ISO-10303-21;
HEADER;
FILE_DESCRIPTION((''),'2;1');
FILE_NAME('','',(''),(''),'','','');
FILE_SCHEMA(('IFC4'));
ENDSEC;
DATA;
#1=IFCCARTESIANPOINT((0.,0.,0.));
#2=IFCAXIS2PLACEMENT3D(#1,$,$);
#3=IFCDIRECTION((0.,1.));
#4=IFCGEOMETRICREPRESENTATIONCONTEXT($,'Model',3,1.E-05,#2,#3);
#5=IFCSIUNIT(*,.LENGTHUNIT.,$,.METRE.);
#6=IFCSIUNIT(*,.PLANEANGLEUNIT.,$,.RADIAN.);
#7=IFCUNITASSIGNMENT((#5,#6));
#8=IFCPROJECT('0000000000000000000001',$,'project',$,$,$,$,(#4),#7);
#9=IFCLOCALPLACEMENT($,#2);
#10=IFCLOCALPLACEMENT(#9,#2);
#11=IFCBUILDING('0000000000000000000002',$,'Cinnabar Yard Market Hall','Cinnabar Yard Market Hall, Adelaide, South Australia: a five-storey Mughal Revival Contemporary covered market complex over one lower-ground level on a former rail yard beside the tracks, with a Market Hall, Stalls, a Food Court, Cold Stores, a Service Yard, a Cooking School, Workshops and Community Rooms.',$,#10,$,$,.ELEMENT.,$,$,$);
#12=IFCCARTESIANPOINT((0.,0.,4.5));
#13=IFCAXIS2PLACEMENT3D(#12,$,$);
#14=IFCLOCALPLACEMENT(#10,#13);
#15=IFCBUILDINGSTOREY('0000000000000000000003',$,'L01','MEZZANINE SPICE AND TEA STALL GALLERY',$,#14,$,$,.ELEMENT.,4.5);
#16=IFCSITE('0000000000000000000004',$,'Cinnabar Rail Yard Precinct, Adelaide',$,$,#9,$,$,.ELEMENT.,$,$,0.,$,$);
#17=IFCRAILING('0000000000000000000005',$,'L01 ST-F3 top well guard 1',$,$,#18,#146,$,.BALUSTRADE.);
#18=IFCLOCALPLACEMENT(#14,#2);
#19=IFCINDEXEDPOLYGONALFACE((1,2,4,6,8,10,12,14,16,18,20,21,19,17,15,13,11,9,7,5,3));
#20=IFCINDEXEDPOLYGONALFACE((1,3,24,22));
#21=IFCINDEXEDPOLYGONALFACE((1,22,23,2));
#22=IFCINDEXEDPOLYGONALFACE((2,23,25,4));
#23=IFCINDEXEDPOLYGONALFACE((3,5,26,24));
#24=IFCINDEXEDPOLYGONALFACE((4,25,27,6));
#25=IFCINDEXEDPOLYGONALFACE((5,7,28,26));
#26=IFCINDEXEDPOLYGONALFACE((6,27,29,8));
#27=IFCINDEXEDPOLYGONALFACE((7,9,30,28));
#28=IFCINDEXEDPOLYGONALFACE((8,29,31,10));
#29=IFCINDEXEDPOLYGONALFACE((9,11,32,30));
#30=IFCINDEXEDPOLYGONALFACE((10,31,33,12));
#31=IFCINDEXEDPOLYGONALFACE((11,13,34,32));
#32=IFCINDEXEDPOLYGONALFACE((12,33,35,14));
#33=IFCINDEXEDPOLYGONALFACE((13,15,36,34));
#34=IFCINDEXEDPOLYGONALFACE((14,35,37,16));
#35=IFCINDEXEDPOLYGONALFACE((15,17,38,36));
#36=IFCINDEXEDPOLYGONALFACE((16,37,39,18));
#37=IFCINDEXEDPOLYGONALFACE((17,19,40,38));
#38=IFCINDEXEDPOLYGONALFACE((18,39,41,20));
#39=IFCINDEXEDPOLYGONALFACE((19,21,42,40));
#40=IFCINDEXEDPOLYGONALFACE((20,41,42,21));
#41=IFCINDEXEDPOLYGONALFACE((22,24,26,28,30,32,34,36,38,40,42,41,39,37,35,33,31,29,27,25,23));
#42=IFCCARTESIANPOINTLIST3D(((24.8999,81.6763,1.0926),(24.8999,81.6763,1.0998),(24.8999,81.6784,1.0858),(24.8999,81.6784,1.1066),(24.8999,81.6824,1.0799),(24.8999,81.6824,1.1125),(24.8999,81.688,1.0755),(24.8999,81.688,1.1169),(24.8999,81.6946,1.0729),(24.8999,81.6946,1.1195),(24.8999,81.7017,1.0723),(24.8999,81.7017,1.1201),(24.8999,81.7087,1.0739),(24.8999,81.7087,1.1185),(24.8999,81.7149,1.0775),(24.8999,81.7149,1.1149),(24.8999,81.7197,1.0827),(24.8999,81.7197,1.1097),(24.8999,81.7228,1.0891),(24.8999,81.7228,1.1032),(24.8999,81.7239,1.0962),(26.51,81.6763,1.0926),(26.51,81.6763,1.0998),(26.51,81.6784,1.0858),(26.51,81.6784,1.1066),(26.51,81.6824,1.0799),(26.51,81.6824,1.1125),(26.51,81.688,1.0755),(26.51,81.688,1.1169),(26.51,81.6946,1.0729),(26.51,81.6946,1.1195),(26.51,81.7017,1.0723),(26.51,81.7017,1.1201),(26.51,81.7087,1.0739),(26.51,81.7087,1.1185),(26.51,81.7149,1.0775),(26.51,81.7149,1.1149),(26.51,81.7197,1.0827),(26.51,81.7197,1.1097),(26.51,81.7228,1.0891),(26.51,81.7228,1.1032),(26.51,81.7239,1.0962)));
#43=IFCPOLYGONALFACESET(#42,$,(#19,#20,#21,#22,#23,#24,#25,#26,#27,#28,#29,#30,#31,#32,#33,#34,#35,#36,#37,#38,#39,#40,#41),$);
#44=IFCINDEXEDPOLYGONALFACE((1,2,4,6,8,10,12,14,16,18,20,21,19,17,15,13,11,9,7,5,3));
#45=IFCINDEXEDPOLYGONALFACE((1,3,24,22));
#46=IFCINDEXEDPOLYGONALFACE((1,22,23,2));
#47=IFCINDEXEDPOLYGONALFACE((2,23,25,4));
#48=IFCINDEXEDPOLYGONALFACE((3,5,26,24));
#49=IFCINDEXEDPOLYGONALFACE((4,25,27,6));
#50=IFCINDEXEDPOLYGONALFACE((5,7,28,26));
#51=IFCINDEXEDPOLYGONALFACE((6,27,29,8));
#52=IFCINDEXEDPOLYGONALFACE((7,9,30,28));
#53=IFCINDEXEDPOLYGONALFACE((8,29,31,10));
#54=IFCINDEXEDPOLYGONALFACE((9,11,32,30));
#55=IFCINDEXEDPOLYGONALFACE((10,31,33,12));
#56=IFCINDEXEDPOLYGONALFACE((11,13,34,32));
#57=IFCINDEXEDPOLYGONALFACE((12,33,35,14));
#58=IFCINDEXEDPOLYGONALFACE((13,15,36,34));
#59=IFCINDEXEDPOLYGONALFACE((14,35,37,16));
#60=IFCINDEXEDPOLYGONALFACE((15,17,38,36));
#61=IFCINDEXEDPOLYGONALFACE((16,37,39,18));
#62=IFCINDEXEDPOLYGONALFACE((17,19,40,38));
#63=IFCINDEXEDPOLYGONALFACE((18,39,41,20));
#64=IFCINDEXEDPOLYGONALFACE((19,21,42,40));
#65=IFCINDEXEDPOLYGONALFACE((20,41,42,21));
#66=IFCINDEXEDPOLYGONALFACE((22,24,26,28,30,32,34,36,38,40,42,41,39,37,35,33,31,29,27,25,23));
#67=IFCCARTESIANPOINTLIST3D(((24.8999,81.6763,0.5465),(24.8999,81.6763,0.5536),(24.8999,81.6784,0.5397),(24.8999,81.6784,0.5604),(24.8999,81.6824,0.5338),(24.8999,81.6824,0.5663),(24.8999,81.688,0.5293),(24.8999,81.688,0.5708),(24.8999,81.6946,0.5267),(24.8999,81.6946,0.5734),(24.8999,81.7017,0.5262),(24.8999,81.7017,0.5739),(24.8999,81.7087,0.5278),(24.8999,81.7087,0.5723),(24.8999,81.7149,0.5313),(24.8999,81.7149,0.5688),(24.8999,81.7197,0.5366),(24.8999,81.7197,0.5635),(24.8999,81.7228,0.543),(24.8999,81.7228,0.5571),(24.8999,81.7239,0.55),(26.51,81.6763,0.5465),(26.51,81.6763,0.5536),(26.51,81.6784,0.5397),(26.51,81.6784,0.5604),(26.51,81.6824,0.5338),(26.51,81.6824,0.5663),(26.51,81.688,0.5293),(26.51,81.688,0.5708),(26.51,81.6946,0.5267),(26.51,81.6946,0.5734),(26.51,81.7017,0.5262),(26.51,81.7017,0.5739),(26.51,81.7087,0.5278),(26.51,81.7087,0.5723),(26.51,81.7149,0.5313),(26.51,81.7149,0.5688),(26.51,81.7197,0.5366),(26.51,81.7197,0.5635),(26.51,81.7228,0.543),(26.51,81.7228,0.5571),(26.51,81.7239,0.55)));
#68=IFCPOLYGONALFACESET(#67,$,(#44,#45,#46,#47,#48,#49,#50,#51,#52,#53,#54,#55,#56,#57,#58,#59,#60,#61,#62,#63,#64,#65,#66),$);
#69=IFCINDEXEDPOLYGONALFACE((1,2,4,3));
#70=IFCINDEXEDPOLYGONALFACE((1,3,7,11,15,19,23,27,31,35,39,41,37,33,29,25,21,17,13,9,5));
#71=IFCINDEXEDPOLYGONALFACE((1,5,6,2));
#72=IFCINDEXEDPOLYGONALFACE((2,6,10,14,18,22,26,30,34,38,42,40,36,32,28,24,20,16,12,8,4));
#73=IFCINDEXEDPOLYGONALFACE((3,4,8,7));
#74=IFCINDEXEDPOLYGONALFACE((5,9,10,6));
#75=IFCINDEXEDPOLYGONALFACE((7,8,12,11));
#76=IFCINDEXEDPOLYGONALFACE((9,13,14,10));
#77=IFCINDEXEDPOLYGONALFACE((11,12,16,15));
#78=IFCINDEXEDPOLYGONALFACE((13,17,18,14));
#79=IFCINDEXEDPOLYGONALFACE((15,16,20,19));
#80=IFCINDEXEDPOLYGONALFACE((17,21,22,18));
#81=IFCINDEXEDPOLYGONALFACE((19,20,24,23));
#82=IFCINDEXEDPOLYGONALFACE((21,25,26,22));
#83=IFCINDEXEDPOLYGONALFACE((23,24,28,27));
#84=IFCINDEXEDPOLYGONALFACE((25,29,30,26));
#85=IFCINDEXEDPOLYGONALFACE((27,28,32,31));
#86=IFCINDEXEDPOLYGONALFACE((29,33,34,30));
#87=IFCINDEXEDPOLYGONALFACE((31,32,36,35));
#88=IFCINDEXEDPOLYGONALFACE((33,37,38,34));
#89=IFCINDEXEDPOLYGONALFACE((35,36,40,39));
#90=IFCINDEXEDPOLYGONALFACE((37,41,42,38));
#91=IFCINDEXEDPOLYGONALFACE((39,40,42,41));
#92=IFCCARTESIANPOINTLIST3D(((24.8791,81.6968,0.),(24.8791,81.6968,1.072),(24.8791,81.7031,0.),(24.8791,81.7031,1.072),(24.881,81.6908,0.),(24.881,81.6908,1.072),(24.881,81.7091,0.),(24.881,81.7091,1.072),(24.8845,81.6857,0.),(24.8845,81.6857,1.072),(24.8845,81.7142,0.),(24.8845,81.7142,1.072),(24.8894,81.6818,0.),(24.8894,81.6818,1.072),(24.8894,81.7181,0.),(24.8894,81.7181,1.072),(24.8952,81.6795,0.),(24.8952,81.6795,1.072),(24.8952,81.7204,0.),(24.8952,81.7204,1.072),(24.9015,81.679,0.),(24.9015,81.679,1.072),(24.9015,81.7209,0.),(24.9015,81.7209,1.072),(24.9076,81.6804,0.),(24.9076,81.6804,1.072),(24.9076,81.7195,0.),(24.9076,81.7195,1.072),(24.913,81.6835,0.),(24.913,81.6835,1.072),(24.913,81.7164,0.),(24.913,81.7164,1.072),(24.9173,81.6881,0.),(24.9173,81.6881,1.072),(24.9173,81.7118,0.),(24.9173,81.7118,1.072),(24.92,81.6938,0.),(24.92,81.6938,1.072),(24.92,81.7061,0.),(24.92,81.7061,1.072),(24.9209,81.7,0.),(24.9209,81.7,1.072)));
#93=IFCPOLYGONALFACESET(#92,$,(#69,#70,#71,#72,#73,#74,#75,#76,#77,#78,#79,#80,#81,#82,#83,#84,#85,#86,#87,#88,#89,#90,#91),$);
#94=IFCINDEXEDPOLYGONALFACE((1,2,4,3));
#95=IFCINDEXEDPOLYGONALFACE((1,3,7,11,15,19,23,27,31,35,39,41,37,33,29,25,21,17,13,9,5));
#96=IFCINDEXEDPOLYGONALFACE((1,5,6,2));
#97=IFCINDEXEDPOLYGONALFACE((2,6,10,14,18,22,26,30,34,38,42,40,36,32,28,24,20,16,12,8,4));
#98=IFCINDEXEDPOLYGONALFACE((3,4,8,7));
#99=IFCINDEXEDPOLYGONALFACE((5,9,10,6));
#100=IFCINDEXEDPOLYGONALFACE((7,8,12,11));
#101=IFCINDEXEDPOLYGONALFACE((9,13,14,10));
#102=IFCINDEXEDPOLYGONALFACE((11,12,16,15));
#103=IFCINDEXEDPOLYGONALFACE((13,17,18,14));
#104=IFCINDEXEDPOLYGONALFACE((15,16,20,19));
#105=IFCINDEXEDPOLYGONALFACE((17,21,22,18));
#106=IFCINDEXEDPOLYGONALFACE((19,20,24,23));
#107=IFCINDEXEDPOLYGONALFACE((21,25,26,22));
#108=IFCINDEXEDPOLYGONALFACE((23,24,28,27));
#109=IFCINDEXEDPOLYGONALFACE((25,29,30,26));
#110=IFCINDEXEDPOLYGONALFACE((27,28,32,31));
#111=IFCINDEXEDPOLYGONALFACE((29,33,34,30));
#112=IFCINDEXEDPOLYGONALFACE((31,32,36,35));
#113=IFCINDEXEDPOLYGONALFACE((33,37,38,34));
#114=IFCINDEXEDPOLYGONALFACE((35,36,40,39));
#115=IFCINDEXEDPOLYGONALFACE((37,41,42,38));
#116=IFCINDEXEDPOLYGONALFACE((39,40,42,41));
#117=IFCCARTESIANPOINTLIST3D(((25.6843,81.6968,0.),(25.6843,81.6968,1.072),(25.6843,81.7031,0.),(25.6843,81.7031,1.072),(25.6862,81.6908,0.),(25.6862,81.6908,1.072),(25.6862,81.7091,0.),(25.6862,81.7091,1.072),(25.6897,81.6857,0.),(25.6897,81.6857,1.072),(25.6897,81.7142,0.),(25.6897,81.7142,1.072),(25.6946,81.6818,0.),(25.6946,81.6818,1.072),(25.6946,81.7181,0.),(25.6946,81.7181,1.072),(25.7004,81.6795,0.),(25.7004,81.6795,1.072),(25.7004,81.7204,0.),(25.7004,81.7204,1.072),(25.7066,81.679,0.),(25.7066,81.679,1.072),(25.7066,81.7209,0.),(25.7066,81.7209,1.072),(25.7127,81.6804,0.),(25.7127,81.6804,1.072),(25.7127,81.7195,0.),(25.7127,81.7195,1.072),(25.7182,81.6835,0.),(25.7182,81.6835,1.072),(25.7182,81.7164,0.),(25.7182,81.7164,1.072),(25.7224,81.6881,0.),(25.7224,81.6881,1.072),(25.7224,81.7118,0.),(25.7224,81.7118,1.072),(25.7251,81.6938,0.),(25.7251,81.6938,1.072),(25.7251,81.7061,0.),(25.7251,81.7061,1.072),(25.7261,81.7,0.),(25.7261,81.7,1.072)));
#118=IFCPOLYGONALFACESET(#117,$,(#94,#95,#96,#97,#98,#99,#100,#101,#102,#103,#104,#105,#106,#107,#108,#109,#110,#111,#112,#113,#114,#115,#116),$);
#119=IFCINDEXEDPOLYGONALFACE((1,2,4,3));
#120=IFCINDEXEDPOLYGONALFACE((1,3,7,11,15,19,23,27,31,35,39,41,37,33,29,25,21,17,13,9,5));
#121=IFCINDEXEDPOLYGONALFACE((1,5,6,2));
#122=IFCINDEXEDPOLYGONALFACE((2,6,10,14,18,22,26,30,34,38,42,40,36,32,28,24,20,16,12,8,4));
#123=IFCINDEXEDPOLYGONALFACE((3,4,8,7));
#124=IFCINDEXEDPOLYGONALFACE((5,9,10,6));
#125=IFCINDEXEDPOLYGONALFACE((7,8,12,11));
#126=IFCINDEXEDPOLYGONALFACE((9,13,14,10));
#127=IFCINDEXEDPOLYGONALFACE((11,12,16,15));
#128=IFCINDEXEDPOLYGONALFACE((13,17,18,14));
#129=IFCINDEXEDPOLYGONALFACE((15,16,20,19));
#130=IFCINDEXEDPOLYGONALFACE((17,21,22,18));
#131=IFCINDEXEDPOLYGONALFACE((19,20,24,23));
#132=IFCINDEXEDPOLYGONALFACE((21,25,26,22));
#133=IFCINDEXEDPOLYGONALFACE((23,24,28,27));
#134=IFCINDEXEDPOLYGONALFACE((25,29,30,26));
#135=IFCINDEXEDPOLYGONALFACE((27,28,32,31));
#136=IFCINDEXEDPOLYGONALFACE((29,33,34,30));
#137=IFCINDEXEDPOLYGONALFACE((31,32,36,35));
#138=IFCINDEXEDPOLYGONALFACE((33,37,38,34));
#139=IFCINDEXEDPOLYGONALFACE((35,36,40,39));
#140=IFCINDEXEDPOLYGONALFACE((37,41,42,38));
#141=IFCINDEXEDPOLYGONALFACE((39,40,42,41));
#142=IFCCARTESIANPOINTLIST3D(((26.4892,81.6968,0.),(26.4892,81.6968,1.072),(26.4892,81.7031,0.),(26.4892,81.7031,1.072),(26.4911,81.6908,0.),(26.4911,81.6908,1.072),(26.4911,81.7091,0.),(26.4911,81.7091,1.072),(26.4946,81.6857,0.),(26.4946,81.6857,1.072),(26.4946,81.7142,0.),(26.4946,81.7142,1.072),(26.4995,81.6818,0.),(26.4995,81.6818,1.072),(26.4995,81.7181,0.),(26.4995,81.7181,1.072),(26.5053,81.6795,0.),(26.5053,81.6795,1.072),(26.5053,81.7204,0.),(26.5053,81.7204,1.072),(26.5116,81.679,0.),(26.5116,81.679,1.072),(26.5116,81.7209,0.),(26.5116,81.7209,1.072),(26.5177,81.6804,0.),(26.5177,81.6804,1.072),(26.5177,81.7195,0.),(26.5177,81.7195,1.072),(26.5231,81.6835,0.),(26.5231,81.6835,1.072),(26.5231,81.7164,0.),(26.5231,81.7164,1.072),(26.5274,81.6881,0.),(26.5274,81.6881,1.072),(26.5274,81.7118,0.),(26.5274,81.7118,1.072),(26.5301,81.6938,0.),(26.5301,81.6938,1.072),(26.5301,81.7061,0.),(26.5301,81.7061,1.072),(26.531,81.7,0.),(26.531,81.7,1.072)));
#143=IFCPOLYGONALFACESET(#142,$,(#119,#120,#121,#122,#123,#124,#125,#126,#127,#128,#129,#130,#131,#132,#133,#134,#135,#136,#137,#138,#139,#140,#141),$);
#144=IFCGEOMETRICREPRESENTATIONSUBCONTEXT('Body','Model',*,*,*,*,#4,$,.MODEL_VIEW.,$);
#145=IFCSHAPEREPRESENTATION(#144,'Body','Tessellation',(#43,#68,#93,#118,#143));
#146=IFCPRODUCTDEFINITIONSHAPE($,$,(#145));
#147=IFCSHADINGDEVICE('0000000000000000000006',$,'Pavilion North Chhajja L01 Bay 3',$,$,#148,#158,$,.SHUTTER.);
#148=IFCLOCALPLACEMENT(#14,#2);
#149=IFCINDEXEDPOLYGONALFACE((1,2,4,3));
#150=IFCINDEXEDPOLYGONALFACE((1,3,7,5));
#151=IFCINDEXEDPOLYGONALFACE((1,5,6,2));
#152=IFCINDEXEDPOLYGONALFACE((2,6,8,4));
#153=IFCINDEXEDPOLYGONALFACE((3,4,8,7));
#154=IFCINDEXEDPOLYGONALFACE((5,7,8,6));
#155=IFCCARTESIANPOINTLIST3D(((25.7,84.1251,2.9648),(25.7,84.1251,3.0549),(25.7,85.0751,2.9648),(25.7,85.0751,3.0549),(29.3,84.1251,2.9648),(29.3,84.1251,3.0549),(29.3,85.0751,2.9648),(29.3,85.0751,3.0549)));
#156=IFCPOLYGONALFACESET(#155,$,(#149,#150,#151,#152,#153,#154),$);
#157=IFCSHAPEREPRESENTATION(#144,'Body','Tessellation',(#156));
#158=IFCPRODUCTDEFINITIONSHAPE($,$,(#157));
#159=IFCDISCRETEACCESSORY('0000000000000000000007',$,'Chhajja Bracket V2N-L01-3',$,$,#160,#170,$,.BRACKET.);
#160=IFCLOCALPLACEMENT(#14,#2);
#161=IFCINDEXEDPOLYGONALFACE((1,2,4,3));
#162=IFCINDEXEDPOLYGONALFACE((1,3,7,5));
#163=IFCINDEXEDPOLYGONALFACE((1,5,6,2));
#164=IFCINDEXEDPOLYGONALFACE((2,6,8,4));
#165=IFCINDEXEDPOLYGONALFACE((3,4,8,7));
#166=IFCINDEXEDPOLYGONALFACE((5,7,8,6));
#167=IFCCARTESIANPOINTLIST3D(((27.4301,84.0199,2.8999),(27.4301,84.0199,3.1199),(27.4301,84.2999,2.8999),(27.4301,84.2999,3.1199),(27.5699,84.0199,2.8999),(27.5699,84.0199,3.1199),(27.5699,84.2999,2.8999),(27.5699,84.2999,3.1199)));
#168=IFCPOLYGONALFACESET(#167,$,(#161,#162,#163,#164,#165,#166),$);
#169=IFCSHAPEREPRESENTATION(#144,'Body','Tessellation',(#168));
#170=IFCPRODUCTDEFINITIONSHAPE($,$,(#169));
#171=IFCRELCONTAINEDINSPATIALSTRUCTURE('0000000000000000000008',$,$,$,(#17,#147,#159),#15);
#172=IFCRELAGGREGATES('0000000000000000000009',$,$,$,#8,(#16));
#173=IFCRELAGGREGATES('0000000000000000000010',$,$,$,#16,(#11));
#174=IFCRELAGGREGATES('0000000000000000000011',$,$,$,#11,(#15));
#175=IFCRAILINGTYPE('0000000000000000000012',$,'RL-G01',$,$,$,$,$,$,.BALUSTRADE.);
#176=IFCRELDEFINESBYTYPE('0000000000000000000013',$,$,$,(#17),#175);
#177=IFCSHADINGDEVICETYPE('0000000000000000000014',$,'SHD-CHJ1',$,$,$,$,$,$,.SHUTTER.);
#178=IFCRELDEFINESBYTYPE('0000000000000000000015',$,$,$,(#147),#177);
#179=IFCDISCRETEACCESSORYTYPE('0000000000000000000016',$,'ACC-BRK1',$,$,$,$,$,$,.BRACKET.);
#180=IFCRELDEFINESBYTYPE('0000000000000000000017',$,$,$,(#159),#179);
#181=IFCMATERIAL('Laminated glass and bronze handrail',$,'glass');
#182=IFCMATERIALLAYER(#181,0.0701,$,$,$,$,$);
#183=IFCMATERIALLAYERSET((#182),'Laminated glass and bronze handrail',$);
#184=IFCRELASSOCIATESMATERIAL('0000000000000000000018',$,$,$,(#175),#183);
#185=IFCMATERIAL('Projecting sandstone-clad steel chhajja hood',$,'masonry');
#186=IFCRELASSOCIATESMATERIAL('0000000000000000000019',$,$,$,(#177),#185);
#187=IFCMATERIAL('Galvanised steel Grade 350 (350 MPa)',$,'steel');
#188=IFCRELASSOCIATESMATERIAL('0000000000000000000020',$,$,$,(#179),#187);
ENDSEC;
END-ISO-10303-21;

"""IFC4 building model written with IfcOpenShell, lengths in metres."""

from ifc_helpers import new_model, si_unit, direction, frame, origin, origin_2d_with_axis, place, context, subcontext, project, spatial, rectangle, circle, extrude, material, layer, layer_set, type_object, element, save


model = new_model("IFC4")

# Units and contexts
model_context = context("Model", 3, precision=1e-05, world=origin(), true_north=direction((0.0, 1.0)))
body_context = subcontext(model_context, "Body", "Model", "MODEL_VIEW")
ifc_project = project(units=[si_unit("LENGTHUNIT", "METRE"), si_unit("PLANEANGLEUNIT", "RADIAN")], contexts=[model_context])

# Site, building, storey
site_placement = place(None, origin())
site = spatial("IfcSite", under=ifc_project, at=site_placement, Name="Cinnabar Rail Yard Precinct, Adelaide", CompositionType="ELEMENT", RefElevation=0.0)
building_placement = place(site_placement, origin())
building = spatial("IfcBuilding", under=site, at=building_placement, Name="Cinnabar Yard Market Hall", Description="Cinnabar Yard Market Hall, Adelaide, South Australia: a five-storey Mughal Revival Contemporary covered market complex over one lower-ground level on a former rail yard beside the tracks, with a Market Hall, Stalls, a Food Court, Cold Stores, a Service Yard, a Cooking School, Workshops and Community Rooms.", CompositionType="ELEMENT")
storey_placement = place(building_placement, frame((0.0, 0.0, 4.5)))
storey = spatial("IfcBuildingStorey", under=building, at=storey_placement, Name="L01", Description="MEZZANINE SPICE AND TEA STALL GALLERY", CompositionType="ELEMENT", Elevation=4.5)

# Railing
ifc_material_1 = material(Name="Laminated glass and bronze handrail", Category="glass")
ifc_layer_1 = layer(ifc_material_1, 0.0701)
ifc_layer_set_1 = layer_set([ifc_layer_1], Name="Laminated glass and bronze handrail")
railing_type = type_object("IfcRailingType", Name="RL-G01", PredefinedType="BALUSTRADE", material=ifc_layer_set_1)
railing_1_placement = place(storey_placement, frame((24.8999, 81.7, 0.0)))
element("IfcRailing", 1, at=railing_1_placement, inside=storey, type_object=railing_type, Name="L01 ST-F3 top well guard 1", PredefinedType="BALUSTRADE", context=body_context, shape_type="SweptSolid", body=[
    extrude(circle(Radius=0.0239, at=origin_2d_with_axis()), frame((0.0, 0.0, 1.0962), z_axis=(1.0, 0.0, 0.0), x_axis=(0.0, 1.0, 0.0)), (0.0, 0.0, 1.0), 1.6101),
    extrude(circle(Radius=0.0239, at=origin_2d_with_axis()), frame((0.0, 0.0, 0.55), z_axis=(1.0, 0.0, 0.0), x_axis=(0.0, 1.0, 0.0)), (0.0, 0.0, 1.0), 1.6101),
    extrude(circle(Radius=0.021, at=origin_2d_with_axis()), origin(), (0.0, 0.0, 1.0), 1.072),
    extrude(circle(Radius=0.021, at=origin_2d_with_axis()), frame((0.8052, 0.0, 0.0)), (0.0, 0.0, 1.0), 1.072),
    extrude(circle(Radius=0.021, at=origin_2d_with_axis()), frame((1.6101, 0.0, 0.0)), (0.0, 0.0, 1.0), 1.072),
])

# Shading device
ifc_material_2 = material(Name="Projecting sandstone-clad steel chhajja hood", Category="masonry")
shading_device_type = type_object("IfcShadingDeviceType", Name="SHD-CHJ1", PredefinedType="SHUTTER", material=ifc_material_2)
shading_device_placement = place(storey_placement, frame((27.5, 84.6001, 2.9648), z_axis=(0.0, 0.0, 1.0), x_axis=(1.0, 0.0, 0.0)))
element("IfcShadingDevice", 2, at=shading_device_placement, inside=storey, type_object=shading_device_type, Name="Pavilion North Chhajja L01 Bay 3", PredefinedType="SHUTTER", context=body_context, shape_type="SweptSolid", body=[
    extrude(rectangle(XDim=3.6001, YDim=0.95, at=origin_2d_with_axis()), origin(), (0.0, 0.0, 1.0), 0.0901),
])

# Discrete accessory
ifc_material_3 = material(Name="Galvanised steel Grade 350 (350 MPa)", Category="steel")
discrete_accessory_type = type_object("IfcDiscreteAccessoryType", Name="ACC-BRK1", PredefinedType="BRACKET", material=ifc_material_3)
discrete_accessory_placement = place(storey_placement, frame((27.5, 84.1599, 2.8999), z_axis=(0.0, 0.0, 1.0), x_axis=(1.0, 0.0, 0.0)))
element("IfcDiscreteAccessory", 3, at=discrete_accessory_placement, inside=storey, type_object=discrete_accessory_type, Name="Chhajja Bracket V2N-L01-3", PredefinedType="BRACKET", context=body_context, shape_type="SweptSolid", body=[
    extrude(rectangle(XDim=0.1399, YDim=0.28, at=origin_2d_with_axis()), origin(), (0.0, 0.0, 1.0), 0.22),
])

save(model, "model.ifc")
